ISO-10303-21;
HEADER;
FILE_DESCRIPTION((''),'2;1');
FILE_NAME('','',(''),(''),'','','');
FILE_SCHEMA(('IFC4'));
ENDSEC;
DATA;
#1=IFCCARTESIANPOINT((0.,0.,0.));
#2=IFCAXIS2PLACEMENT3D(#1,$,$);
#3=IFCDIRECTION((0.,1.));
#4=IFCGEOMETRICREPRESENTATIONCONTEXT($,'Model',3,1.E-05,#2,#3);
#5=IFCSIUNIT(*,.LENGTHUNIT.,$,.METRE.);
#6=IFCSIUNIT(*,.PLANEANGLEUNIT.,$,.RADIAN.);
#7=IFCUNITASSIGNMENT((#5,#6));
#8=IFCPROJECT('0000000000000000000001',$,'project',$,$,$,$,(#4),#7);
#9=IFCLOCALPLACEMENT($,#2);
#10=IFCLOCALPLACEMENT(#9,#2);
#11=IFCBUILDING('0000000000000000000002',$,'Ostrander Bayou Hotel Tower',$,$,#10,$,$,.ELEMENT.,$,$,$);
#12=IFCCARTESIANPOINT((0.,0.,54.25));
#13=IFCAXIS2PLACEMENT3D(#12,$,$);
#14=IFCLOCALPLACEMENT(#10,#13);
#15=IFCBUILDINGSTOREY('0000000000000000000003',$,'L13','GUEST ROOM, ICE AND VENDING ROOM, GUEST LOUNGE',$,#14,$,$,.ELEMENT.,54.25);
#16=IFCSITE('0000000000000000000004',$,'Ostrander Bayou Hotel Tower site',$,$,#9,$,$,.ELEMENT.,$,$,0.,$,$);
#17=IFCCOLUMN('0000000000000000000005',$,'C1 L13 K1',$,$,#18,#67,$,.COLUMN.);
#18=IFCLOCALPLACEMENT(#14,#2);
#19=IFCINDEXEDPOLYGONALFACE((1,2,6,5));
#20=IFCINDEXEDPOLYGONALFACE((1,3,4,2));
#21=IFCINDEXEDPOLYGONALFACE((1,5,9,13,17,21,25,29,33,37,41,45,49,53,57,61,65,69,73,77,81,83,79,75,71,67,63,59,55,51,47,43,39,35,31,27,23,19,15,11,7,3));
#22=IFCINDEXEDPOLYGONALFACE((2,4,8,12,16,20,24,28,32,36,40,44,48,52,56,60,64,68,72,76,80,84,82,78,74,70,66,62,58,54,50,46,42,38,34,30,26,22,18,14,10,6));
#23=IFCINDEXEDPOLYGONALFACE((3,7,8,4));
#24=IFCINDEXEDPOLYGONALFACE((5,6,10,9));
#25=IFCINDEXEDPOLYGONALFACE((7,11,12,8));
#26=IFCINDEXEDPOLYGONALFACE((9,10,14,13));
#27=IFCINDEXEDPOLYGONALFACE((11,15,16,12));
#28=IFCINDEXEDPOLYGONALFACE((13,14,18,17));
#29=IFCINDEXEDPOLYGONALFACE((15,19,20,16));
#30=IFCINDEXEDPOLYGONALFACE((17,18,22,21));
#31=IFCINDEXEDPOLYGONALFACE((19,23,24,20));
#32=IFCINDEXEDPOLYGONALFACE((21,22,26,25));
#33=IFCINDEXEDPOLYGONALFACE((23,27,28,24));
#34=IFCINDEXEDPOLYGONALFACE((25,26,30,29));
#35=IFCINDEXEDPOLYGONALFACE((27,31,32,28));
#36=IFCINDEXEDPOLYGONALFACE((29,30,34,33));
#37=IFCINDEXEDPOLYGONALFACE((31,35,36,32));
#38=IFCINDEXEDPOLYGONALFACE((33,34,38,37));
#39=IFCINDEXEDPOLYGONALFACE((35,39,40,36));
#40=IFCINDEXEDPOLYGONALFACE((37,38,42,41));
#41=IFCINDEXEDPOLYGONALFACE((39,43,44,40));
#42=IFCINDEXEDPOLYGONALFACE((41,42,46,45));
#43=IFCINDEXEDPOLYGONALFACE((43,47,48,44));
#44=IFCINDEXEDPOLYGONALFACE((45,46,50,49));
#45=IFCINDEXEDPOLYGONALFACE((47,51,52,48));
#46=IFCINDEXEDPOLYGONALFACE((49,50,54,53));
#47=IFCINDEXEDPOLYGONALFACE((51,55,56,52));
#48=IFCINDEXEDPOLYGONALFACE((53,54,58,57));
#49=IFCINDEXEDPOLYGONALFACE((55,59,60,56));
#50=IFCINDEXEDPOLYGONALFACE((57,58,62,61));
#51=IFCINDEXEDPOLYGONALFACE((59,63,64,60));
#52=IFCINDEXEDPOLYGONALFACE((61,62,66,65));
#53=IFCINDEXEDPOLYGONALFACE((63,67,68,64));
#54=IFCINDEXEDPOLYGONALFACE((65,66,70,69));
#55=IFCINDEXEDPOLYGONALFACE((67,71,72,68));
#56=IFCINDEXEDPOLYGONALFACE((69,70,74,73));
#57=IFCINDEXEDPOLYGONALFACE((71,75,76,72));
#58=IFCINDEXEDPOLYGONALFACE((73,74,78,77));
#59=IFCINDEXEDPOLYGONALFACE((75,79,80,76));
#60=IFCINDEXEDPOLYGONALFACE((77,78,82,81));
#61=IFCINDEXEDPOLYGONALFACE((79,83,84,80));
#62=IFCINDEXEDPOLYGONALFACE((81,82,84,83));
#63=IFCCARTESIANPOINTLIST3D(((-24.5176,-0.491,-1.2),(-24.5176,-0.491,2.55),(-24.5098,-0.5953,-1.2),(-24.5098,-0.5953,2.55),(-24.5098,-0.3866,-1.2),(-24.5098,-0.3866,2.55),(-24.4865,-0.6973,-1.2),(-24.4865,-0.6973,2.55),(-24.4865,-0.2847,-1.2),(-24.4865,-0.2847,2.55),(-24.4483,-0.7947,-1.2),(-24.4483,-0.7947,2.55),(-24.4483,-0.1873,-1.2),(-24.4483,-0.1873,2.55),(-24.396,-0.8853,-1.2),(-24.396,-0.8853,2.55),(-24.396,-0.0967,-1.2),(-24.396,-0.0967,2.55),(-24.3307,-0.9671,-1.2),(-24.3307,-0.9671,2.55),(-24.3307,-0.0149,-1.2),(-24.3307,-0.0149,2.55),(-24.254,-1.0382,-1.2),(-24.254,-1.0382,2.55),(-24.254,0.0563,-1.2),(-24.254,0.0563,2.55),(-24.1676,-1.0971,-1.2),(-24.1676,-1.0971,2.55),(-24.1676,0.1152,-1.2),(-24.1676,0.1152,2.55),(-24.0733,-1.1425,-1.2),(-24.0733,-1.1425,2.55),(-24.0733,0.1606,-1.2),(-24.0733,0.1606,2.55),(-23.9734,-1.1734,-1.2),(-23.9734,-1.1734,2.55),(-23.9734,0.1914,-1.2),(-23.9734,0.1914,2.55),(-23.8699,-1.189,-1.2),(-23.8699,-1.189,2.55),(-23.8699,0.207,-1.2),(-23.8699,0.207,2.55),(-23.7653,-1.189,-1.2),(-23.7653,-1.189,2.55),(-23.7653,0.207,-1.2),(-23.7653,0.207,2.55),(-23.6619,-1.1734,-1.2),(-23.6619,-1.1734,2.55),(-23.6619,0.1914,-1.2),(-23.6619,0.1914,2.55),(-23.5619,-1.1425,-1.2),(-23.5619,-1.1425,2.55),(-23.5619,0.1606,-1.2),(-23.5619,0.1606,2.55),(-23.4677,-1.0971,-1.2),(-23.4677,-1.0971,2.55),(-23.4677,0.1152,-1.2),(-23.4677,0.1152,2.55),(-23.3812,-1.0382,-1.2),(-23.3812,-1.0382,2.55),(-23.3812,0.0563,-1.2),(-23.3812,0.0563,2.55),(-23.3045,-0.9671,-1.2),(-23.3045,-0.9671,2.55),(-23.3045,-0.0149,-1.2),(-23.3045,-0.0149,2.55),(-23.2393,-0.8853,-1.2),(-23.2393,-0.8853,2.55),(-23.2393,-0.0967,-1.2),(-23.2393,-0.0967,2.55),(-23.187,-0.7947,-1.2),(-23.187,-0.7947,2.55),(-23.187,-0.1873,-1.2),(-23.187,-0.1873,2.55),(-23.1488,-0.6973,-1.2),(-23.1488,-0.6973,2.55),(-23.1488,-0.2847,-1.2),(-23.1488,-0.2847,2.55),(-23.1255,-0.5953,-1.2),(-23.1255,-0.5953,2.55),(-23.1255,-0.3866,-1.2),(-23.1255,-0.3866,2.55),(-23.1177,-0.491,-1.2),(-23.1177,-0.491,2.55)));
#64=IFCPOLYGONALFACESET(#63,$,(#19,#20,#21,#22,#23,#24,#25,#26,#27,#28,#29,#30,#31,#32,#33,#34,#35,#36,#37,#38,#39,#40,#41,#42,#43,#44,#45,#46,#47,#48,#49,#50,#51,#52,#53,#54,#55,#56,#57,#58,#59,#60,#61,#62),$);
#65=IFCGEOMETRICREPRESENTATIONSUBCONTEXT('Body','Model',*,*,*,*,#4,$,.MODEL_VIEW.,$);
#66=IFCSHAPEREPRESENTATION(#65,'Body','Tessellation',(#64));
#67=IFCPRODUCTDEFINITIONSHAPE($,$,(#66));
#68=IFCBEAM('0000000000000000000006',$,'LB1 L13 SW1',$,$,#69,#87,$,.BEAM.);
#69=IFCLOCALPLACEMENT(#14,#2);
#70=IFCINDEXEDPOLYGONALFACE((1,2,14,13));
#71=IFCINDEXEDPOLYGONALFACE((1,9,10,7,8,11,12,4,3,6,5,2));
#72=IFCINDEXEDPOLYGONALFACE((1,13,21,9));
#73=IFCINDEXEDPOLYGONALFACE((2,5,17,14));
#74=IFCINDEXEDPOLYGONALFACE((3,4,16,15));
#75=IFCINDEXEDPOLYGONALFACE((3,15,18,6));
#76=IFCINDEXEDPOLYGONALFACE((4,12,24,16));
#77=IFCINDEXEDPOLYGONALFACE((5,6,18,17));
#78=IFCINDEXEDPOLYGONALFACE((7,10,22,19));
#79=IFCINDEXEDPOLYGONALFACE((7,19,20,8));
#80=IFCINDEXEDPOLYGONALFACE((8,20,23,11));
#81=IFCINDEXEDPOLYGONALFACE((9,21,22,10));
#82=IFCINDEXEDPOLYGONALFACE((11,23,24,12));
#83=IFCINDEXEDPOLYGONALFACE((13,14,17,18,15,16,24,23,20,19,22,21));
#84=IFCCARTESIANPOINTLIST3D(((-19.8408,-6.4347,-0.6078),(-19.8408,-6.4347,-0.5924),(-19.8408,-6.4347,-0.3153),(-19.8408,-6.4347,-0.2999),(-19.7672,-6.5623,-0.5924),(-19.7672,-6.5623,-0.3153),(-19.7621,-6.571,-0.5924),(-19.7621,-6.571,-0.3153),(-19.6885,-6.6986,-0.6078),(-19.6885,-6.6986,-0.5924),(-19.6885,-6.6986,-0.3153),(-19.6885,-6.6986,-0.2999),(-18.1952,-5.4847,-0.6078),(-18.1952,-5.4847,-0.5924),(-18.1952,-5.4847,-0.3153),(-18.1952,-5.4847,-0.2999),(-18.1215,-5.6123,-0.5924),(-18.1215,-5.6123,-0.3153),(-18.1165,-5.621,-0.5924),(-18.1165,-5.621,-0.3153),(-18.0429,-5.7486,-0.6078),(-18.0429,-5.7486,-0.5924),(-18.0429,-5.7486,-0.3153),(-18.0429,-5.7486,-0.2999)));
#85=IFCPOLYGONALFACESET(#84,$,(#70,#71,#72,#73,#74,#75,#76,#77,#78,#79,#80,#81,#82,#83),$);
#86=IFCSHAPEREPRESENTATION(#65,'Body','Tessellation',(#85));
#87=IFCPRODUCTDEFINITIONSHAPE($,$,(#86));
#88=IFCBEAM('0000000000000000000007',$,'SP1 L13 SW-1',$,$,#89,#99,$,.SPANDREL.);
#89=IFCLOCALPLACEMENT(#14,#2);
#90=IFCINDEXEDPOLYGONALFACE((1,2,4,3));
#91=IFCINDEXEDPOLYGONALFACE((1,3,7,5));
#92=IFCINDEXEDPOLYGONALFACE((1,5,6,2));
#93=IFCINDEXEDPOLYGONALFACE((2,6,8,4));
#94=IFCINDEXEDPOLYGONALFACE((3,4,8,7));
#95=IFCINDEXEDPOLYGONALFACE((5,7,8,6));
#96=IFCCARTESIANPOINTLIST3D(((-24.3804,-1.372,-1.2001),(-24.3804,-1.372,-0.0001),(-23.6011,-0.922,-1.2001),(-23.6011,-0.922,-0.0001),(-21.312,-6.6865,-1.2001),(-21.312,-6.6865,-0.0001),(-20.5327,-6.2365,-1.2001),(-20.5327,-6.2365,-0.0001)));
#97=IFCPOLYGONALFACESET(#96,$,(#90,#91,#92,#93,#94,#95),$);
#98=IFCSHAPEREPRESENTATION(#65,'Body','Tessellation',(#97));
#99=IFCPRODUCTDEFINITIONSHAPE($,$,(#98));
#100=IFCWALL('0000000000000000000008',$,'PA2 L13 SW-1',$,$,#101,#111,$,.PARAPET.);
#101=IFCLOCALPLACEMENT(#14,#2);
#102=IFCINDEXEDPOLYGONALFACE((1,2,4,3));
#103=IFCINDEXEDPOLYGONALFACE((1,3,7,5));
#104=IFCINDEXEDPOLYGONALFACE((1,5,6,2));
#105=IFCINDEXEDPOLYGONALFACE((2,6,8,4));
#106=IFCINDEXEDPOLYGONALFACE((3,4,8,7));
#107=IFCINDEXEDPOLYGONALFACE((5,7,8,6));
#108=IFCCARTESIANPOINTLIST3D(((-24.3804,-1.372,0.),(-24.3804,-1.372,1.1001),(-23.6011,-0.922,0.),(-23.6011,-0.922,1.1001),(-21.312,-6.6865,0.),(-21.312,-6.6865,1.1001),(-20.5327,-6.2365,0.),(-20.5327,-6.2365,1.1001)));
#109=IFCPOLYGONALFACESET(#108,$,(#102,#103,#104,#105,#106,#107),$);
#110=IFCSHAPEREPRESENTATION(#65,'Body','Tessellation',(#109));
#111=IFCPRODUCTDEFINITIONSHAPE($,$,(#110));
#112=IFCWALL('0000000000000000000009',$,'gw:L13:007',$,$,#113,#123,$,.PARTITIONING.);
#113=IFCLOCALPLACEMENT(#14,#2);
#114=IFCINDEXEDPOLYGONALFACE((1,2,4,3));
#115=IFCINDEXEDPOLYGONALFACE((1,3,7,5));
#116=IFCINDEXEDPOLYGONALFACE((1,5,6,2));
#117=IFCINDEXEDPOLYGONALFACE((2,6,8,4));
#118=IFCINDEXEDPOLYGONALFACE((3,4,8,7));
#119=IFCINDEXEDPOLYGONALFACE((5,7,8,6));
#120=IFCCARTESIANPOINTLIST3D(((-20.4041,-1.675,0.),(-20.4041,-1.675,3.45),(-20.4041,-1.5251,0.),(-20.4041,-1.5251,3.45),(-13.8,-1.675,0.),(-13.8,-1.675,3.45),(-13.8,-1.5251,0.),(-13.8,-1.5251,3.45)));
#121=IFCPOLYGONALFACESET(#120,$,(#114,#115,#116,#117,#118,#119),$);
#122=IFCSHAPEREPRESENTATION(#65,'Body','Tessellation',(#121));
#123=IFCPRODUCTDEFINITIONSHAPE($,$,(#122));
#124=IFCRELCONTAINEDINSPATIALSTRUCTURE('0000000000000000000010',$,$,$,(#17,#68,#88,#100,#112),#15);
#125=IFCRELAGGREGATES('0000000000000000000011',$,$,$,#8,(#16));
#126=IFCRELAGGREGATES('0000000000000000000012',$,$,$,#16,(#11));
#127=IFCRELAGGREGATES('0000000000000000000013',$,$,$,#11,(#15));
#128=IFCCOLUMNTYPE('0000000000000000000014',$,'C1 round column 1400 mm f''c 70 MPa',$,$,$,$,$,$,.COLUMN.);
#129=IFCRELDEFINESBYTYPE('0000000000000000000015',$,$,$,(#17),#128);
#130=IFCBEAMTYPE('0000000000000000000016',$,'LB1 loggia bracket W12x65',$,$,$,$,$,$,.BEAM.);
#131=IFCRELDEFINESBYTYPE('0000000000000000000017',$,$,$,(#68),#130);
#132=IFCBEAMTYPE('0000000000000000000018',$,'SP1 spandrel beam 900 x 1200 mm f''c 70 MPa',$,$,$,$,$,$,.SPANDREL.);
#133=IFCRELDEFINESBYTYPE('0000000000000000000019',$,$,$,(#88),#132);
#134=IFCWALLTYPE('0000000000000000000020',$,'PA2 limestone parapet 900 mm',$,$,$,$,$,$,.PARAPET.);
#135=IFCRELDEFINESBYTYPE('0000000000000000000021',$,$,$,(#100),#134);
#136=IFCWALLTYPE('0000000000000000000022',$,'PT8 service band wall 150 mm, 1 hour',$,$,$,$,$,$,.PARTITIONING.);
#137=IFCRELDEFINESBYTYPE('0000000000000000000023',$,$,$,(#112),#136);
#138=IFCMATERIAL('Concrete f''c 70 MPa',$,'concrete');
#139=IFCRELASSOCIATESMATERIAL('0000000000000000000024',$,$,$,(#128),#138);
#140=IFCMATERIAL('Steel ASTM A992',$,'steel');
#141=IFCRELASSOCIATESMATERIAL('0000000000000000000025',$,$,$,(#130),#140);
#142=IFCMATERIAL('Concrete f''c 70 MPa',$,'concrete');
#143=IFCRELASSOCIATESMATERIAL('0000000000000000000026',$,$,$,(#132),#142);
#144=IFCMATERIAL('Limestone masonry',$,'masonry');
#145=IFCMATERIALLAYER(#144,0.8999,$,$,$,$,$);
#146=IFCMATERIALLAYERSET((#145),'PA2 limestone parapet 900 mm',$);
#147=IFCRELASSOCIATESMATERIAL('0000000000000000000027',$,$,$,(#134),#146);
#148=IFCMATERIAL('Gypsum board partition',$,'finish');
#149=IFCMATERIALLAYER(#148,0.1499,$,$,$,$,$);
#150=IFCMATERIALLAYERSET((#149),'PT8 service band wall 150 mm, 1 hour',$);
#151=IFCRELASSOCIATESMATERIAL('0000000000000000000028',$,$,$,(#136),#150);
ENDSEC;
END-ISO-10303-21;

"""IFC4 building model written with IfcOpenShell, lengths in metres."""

from ifc_helpers import new_model, si_unit, direction, frame, frame_2d, origin, origin_2d, place, context, subcontext, project, spatial, rectangle, circle, i_section, extrude, material, layer, layer_set, material_profile, profile_set, type_object, element, save


model = new_model("IFC4")

# Units and contexts
model_context = context("Model", 3, precision=1e-05, world=origin(), true_north=direction((0.0, 1.0)))
body_context = subcontext(model_context, "Body", "Model", "MODEL_VIEW")
ifc_project = project(units=[si_unit("LENGTHUNIT", "METRE"), si_unit("PLANEANGLEUNIT", "RADIAN")], contexts=[model_context])

# Site, building, storey
site_placement = place(None, origin())
site = spatial("IfcSite", under=ifc_project, at=site_placement, Name="Ostrander Bayou Hotel Tower site", CompositionType="ELEMENT", RefElevation=0.0)
building_placement = place(site_placement, origin())
building = spatial("IfcBuilding", under=site, at=building_placement, Name="Ostrander Bayou Hotel Tower", CompositionType="ELEMENT")
storey_placement = place(building_placement, frame((0.0, 0.0, 54.25)))
storey = spatial("IfcBuildingStorey", under=building, at=storey_placement, Name="L13", Description="GUEST ROOM, ICE AND VENDING ROOM, GUEST LOUNGE", CompositionType="ELEMENT", Elevation=54.25)

# Column
ifc_material_1 = material(Name="Concrete f'c 70 MPa", Category="concrete")
ifc_material_profile_1 = material_profile(ifc_material_1, circle(Radius=0.7, at=origin_2d()))
ifc_profile_set_1 = profile_set([ifc_material_profile_1], Name="Concrete f'c 70 MPa")
column_type = type_object("IfcColumnType", Name="C1 round column 1400 mm f'c 70 MPa", PredefinedType="COLUMN", material=ifc_profile_set_1)
column_placement = place(storey_placement, frame((-23.8176, -0.491, -1.2), z_axis=(0.0, 0.0, 1.0), x_axis=(1.0, 0.0, 0.0)))
element("IfcColumn", 1, at=column_placement, inside=storey, type_object=column_type, Name="C1 L13 K1", PredefinedType="COLUMN", context=body_context, shape_type="SweptSolid", body=[
    extrude(circle(Radius=0.7, at=origin_2d()), origin(), (0.0, 0.0, 1.0), 3.75),
])

# Beams
ifc_material_2 = material(Name="Steel ASTM A992", Category="steel")
ifc_material_profile_2 = material_profile(ifc_material_2, i_section(OverallWidth=0.3047, OverallDepth=0.3079, WebThickness=0.01, FlangeThickness=0.0154, at=origin_2d()))
ifc_profile_set_2 = profile_set([ifc_material_profile_2], Name="Steel ASTM A992")
beam_type_1 = type_object("IfcBeamType", Name="LB1 loggia bracket W12x65", PredefinedType="BEAM", material=ifc_profile_set_2)
beam_1_placement = place(storey_placement, frame((-19.7646, -6.5667, -0.4539), z_axis=(0.866044, 0.499967, 0.0), x_axis=(-0.499967, 0.866044, 0.0)))
element("IfcBeam", 2, at=beam_1_placement, inside=storey, type_object=beam_type_1, Name="LB1 L13 SW1", PredefinedType="BEAM", context=body_context, shape_type="SweptSolid", body=[
    extrude(i_section(OverallWidth=0.3047, OverallDepth=0.3079, WebThickness=0.01, FlangeThickness=0.0154, at=origin_2d()), origin(), (0.0, 0.0, 1.0), 1.9001),
])
ifc_material_3 = material(Name="Concrete f'c 70 MPa", Category="concrete")
ifc_material_profile_3 = material_profile(ifc_material_3, rectangle(XDim=0.8999, YDim=1.2, at=origin_2d()))
ifc_profile_set_3 = profile_set([ifc_material_profile_3], Name="Concrete f'c 70 MPa")
beam_type_2 = type_object("IfcBeamType", Name="SP1 spandrel beam 900 x 1200 mm f'c 70 MPa", PredefinedType="SPANDREL", material=ifc_profile_set_3)
beam_2_placement = place(storey_placement, frame((-23.9907, -1.147, -0.6001), z_axis=(0.500007, -0.866021, 0.0), x_axis=(0.866021, 0.500007, 0.0)))
element("IfcBeam", 3, at=beam_2_placement, inside=storey, type_object=beam_type_2, Name="SP1 L13 SW-1", PredefinedType="SPANDREL", context=body_context, shape_type="SweptSolid", body=[
    extrude(rectangle(XDim=0.8999, YDim=1.2, at=origin_2d()), origin(), (0.0, 0.0, 1.0), 6.1367),
])

# Walls
ifc_material_4 = material(Name="Limestone masonry", Category="masonry")
ifc_layer_1 = layer(ifc_material_4, 0.8999)
ifc_layer_set_1 = layer_set([ifc_layer_1], Name="PA2 limestone parapet 900 mm")
wall_type_1 = type_object("IfcWallType", Name="PA2 limestone parapet 900 mm", PredefinedType="PARAPET", material=ifc_layer_set_1)
wall_1_placement = place(storey_placement, frame((-23.9907, -1.147, 0.0), z_axis=(0.0, 0.0, 1.0), x_axis=(0.500007, -0.866021, 0.0)))
element("IfcWall", 4, at=wall_1_placement, inside=storey, type_object=wall_type_1, Name="PA2 L13 SW-1", PredefinedType="PARAPET", context=body_context, shape_type="SweptSolid", body=[
    extrude(rectangle(XDim=6.1367, YDim=0.8999, at=frame_2d((3.0684, 0.0))), origin(), (0.0, 0.0, 1.0), 1.1001),
])
ifc_material_5 = material(Name="Gypsum board partition", Category="finish")
ifc_layer_2 = layer(ifc_material_5, 0.1499)
ifc_layer_set_2 = layer_set([ifc_layer_2], Name="PT8 service band wall 150 mm, 1 hour")
wall_type_2 = type_object("IfcWallType", Name="PT8 service band wall 150 mm, 1 hour", PredefinedType="PARTITIONING", material=ifc_layer_set_2)
wall_2_placement = place(storey_placement, frame((-20.4041, -1.6001, 0.0), z_axis=(0.0, 0.0, 1.0), x_axis=(1.0, 0.0, 0.0)))
element("IfcWall", 5, at=wall_2_placement, inside=storey, type_object=wall_type_2, Name="gw:L13:007", PredefinedType="PARTITIONING", context=body_context, shape_type="SweptSolid", body=[
    extrude(rectangle(XDim=6.604, YDim=0.1499, at=frame_2d((3.302, 0.0))), origin(), (0.0, 0.0, 1.0), 3.45),
])

save(model, "model.ifc")
